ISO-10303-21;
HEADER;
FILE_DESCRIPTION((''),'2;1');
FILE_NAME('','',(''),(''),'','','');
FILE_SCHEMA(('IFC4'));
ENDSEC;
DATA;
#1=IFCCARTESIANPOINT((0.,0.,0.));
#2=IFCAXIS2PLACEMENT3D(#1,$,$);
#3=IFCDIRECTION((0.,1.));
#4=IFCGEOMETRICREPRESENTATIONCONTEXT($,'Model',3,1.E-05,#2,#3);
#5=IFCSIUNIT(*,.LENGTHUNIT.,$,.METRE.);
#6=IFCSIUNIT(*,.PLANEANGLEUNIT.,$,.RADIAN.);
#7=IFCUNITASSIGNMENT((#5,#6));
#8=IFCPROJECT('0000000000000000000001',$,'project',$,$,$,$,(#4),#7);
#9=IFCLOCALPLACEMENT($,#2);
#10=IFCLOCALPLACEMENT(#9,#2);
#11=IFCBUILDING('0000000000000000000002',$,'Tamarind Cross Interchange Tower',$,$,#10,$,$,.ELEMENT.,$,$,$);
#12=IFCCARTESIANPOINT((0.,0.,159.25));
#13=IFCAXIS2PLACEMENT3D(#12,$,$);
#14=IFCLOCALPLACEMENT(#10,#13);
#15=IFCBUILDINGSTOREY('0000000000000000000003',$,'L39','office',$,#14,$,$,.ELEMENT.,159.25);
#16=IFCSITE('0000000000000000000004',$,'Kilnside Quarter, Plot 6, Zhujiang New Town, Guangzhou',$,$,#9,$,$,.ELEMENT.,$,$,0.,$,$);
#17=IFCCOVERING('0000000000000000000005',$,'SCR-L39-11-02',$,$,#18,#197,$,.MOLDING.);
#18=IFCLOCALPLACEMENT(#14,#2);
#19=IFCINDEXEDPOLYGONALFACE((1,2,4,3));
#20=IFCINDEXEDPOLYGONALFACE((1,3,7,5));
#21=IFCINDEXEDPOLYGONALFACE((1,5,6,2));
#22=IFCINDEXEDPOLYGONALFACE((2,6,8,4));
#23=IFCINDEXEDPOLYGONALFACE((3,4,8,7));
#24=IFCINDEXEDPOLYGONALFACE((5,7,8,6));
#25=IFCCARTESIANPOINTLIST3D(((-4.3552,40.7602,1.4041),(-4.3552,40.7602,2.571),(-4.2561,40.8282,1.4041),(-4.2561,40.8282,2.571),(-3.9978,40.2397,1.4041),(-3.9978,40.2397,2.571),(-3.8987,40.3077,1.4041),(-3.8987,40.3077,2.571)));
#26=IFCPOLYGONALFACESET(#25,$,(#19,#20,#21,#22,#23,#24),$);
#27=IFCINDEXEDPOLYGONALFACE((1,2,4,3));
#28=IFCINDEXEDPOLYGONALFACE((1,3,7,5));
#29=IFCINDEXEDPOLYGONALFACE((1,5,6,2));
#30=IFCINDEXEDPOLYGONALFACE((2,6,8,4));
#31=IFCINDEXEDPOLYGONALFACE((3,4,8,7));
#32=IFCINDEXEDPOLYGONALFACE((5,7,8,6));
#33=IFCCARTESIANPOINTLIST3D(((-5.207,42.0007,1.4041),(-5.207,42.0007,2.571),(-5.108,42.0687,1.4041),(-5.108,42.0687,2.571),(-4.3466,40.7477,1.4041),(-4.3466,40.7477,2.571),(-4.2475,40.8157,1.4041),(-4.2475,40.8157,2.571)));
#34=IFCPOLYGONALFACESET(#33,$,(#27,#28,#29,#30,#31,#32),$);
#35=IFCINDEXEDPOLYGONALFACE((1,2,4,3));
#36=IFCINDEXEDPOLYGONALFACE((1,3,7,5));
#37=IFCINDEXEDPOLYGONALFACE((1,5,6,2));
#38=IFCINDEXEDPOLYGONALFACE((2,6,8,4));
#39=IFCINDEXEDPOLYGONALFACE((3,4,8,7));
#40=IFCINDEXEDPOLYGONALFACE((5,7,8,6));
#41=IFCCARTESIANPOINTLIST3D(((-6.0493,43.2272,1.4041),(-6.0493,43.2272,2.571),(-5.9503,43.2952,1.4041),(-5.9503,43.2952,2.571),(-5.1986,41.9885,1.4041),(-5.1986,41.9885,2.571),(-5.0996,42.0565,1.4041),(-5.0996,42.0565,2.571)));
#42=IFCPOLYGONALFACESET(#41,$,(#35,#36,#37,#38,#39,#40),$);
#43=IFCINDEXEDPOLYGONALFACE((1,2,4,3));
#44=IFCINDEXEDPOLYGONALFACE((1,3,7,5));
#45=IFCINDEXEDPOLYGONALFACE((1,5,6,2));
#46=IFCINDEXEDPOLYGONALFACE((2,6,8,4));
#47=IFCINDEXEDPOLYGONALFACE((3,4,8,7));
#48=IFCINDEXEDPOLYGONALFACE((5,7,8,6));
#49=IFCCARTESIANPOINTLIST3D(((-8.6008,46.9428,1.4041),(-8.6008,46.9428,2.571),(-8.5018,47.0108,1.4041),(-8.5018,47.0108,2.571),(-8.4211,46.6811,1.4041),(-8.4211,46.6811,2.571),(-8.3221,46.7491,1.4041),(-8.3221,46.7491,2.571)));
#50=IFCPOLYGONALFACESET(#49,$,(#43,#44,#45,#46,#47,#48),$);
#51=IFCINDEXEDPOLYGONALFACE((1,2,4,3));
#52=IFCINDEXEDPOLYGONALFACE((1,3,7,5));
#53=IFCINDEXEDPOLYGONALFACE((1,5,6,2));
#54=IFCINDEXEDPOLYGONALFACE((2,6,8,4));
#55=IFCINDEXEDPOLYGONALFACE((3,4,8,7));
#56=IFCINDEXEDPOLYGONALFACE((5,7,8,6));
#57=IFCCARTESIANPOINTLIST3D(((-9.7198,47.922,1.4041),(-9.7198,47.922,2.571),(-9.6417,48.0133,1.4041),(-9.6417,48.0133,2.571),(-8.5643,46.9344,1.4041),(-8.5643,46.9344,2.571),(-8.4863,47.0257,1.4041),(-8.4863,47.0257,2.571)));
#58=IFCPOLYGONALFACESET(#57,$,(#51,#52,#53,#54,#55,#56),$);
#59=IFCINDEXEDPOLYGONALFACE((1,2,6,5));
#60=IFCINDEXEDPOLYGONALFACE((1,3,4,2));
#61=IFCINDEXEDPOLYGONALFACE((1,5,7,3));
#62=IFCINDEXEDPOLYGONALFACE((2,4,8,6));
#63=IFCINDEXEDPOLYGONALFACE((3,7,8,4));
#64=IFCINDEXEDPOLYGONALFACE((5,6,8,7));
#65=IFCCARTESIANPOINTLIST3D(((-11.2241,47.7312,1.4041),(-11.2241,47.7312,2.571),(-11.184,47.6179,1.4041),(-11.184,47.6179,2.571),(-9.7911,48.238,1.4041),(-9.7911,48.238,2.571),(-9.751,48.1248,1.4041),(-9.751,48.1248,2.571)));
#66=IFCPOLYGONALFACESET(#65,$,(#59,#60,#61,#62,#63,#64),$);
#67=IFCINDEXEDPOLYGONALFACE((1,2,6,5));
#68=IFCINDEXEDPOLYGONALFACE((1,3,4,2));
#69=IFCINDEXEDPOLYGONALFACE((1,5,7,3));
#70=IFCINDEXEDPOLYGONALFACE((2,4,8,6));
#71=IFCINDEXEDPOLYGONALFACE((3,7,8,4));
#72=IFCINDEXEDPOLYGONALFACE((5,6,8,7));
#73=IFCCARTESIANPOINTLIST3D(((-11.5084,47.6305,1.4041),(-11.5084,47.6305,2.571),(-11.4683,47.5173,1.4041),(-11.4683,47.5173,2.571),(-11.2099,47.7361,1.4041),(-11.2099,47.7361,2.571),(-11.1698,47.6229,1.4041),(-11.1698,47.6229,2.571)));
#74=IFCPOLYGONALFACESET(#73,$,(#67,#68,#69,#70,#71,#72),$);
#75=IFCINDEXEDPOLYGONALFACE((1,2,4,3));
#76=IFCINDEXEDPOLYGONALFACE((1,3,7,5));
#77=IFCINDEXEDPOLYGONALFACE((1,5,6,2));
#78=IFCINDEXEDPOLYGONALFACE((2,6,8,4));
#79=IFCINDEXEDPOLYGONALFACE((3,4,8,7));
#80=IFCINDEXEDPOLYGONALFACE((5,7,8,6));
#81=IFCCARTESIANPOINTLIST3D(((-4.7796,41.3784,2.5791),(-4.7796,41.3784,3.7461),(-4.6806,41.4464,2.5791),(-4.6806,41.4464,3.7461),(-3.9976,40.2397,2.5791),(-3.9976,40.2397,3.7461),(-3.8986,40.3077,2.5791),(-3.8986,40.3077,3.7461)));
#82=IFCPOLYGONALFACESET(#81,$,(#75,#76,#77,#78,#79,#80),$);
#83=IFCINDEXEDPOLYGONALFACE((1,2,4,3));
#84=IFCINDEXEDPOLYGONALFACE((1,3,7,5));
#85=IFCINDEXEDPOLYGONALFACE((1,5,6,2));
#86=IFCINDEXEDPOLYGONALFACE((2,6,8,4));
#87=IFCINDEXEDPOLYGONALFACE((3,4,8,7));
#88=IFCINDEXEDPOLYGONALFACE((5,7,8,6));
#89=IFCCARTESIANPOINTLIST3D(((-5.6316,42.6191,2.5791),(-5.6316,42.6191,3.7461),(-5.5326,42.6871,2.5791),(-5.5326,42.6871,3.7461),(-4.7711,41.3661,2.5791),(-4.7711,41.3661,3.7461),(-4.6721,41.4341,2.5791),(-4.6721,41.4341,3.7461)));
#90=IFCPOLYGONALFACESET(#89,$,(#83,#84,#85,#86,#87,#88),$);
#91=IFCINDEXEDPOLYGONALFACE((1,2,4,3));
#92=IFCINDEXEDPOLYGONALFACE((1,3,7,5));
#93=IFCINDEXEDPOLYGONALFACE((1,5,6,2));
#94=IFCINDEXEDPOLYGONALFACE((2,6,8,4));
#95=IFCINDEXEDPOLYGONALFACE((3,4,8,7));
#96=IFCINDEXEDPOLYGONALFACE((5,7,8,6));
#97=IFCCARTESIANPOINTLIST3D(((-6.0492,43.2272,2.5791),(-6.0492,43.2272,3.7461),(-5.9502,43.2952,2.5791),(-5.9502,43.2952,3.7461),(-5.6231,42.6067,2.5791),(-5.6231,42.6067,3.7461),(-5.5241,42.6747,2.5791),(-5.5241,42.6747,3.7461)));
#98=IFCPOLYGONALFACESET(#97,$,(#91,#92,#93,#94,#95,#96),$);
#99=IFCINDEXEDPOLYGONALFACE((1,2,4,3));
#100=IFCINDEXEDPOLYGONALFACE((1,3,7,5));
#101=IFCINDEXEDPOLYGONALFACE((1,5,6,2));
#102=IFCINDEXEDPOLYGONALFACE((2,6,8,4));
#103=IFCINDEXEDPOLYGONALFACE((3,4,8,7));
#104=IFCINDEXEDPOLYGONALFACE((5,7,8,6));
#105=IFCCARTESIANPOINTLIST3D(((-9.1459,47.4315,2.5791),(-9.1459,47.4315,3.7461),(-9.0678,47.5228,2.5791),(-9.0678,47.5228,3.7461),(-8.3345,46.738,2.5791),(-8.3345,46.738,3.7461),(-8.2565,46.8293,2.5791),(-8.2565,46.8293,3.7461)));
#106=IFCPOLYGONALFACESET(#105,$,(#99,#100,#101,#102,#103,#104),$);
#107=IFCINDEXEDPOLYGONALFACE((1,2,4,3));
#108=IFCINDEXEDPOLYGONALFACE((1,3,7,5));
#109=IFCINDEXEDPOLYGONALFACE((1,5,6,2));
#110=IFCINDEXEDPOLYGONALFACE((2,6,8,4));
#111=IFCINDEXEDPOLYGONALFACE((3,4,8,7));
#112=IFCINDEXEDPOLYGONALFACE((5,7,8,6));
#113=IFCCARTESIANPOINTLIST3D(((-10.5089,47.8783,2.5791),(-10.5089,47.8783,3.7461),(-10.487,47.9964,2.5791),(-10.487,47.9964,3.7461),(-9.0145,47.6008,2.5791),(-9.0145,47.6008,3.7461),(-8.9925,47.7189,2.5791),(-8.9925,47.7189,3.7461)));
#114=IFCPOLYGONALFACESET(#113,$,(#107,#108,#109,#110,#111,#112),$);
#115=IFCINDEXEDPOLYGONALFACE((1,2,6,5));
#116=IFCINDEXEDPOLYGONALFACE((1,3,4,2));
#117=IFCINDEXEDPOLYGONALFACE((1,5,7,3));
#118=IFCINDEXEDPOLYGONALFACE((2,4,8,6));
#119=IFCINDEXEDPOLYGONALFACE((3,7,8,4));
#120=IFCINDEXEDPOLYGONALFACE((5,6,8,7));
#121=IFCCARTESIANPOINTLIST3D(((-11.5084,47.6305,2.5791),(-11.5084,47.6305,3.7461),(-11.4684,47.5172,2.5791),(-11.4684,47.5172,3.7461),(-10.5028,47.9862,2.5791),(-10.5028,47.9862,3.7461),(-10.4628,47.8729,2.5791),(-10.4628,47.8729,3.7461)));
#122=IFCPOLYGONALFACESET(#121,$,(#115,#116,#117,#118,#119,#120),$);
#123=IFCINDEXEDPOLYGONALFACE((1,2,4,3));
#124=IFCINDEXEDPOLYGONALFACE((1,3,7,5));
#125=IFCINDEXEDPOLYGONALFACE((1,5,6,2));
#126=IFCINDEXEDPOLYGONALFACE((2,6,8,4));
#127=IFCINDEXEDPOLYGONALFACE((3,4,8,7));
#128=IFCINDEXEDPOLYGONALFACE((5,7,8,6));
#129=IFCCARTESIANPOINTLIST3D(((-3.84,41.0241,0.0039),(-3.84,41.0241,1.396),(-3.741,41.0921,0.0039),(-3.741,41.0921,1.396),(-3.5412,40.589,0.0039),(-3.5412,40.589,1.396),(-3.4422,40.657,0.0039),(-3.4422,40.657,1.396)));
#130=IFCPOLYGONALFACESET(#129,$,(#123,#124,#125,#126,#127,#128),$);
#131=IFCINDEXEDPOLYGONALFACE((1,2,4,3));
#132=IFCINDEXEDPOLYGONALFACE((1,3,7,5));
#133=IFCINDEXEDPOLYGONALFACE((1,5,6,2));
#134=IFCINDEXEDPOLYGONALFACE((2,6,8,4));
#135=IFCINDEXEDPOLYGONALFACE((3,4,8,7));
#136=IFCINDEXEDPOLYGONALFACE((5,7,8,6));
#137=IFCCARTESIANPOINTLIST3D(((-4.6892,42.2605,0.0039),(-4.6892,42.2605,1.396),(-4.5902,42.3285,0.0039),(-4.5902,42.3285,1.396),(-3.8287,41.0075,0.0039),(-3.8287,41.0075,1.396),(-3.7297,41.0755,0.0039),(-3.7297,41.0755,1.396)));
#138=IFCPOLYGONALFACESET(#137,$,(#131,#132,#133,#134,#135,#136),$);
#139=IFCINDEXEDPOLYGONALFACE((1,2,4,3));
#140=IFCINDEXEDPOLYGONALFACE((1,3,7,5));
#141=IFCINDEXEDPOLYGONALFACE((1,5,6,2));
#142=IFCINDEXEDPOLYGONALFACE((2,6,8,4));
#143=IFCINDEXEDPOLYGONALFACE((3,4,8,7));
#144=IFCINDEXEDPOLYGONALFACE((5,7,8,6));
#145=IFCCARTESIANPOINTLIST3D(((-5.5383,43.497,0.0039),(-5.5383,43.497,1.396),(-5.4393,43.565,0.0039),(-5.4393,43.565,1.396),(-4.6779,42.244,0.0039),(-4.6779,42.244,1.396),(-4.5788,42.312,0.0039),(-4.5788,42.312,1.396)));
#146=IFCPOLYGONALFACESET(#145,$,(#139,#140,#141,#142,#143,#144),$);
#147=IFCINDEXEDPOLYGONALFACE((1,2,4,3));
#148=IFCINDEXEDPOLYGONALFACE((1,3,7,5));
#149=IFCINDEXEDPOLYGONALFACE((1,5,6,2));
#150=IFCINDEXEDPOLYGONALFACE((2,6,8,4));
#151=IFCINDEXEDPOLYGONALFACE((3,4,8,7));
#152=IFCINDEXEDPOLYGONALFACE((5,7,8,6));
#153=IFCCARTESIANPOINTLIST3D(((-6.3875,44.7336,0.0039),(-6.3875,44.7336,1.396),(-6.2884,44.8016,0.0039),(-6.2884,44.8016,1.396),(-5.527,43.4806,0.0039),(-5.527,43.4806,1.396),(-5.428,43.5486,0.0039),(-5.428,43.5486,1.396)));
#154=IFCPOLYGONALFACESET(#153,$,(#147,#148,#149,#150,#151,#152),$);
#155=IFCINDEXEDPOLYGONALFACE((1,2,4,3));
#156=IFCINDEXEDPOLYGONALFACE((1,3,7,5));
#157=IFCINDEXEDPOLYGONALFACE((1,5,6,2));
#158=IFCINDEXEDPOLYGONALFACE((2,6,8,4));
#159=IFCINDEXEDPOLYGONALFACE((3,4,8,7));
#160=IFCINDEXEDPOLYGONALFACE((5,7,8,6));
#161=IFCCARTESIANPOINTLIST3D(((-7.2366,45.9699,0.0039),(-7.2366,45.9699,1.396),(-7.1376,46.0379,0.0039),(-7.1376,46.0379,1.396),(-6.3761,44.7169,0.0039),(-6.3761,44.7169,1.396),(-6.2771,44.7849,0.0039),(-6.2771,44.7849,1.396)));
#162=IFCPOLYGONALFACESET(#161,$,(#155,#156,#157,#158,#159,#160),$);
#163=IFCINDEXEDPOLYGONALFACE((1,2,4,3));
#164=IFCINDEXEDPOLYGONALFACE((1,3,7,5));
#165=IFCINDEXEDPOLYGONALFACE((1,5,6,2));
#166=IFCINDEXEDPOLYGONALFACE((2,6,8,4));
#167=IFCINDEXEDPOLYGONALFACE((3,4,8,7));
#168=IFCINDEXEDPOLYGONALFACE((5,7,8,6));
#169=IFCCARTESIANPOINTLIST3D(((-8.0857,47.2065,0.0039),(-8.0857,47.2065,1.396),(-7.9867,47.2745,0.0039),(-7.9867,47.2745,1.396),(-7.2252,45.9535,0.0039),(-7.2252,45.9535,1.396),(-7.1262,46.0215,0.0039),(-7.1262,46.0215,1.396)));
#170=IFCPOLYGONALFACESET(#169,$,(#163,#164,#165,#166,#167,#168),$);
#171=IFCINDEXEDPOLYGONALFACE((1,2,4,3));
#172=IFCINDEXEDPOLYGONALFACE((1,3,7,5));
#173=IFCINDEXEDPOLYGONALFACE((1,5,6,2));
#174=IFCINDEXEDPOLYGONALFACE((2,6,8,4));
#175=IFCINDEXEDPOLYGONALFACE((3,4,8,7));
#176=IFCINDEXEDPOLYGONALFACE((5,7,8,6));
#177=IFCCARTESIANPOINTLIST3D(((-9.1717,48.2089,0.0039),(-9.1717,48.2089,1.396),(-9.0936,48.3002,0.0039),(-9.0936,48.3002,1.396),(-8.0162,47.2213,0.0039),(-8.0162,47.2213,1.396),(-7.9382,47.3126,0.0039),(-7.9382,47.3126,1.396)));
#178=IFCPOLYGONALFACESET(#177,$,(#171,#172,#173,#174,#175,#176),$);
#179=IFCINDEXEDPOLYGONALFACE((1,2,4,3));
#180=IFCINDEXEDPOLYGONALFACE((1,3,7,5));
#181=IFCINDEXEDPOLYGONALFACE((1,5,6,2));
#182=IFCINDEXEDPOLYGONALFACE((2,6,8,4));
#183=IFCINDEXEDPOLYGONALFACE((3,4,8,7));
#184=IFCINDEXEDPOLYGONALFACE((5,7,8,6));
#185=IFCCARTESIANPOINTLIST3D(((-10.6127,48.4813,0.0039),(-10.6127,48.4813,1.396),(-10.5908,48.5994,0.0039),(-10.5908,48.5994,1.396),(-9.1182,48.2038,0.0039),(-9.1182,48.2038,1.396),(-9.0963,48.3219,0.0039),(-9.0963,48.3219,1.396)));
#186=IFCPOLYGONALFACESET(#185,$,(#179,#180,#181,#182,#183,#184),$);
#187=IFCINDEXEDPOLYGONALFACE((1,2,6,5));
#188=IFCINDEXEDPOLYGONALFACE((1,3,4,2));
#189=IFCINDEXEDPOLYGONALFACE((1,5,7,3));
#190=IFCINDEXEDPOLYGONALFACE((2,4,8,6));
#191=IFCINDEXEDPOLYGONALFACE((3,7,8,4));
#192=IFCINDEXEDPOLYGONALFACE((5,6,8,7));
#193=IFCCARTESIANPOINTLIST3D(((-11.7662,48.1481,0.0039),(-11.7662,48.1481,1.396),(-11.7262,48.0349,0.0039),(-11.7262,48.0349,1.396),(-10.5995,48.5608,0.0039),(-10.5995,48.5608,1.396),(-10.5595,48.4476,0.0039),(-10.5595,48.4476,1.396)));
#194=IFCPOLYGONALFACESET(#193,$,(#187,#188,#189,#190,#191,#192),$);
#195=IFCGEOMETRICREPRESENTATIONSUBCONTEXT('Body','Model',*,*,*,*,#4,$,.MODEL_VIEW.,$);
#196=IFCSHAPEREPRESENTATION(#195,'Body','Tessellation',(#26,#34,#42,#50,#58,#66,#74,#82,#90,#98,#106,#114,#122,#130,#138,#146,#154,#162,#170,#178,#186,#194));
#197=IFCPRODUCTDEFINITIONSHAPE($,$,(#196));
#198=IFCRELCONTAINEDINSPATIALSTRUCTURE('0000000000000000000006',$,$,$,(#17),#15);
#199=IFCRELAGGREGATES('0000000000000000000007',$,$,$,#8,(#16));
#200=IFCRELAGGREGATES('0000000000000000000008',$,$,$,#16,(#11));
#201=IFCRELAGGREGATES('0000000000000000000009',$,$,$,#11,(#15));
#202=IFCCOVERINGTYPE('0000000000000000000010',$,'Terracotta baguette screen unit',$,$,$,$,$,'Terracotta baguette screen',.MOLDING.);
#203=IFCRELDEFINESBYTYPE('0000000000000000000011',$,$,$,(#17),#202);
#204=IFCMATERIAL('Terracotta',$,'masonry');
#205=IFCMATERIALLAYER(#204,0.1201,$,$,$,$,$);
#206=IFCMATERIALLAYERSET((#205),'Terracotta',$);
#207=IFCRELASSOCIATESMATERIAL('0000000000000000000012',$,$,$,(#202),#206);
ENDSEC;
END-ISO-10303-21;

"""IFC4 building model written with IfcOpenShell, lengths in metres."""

from ifc_helpers import new_model, si_unit, direction, frame, origin, origin_2d, place, context, subcontext, project, spatial, rectangle, extrude, material, layer, layer_set, type_object, element, save


model = new_model("IFC4")

# Units and contexts
model_context = context("Model", 3, precision=1e-05, world=origin(), true_north=direction((0.0, 1.0)))
body_context = subcontext(model_context, "Body", "Model", "MODEL_VIEW")
ifc_project = project(units=[si_unit("LENGTHUNIT", "METRE"), si_unit("PLANEANGLEUNIT", "RADIAN")], contexts=[model_context])

# Site, building, storey
site_placement = place(None, origin())
site = spatial("IfcSite", under=ifc_project, at=site_placement, Name="Kilnside Quarter, Plot 6, Zhujiang New Town, Guangzhou", CompositionType="ELEMENT", RefElevation=0.0)
building_placement = place(site_placement, origin())
building = spatial("IfcBuilding", under=site, at=building_placement, Name="Tamarind Cross Interchange Tower", CompositionType="ELEMENT")
storey_placement = place(building_placement, frame((0.0, 0.0, 159.25)))
storey = spatial("IfcBuildingStorey", under=building, at=storey_placement, Name="L39", Description="office", CompositionType="ELEMENT", Elevation=159.25)

# Covering
ifc_material_1 = material(Name="Terracotta", Category="masonry")
ifc_layer_1 = layer(ifc_material_1, 0.1201)
ifc_layer_set_1 = layer_set([ifc_layer_1], Name="Terracotta")
covering_type = type_object("IfcCoveringType", Name="Terracotta baguette screen unit", ElementType="Terracotta baguette screen", PredefinedType="MOLDING", material=ifc_layer_set_1)
covering_1_placement = place(storey_placement, origin())
element("IfcCovering", 1, at=covering_1_placement, inside=storey, type_object=covering_type, Name="SCR-L39-11-02", PredefinedType="MOLDING", context=body_context, shape_type="SweptSolid", body=[
    extrude(rectangle(XDim=0.6313, YDim=0.1201, at=origin_2d()), frame((-4.127, 40.5339, 1.4041), z_axis=(0.0, 0.0, 1.0), x_axis=(-0.566096, 0.82434, 0.0)), (0.0, 0.0, 1.0), 1.167),
    extrude(rectangle(XDim=1.52, YDim=0.1201, at=origin_2d()), frame((-4.7273, 41.4082, 1.4041), z_axis=(0.0, 0.0, 1.0), x_axis=(-0.566096, 0.82434, 0.0)), (0.0, 0.0, 1.0), 1.167),
    extrude(rectangle(XDim=1.5027, YDim=0.1201, at=origin_2d()), frame((-5.5745, 42.6418, 1.4041), z_axis=(0.0, 0.0, 1.0), x_axis=(-0.566096, 0.82434, 0.0)), (0.0, 0.0, 1.0), 1.167),
    extrude(rectangle(XDim=0.3174, YDim=0.1201, at=origin_2d()), frame((-8.4614, 46.8459, 1.4041), z_axis=(0.0, 0.0, 1.0), x_axis=(-0.566096, 0.82434, 0.0)), (0.0, 0.0, 1.0), 1.167),
    extrude(rectangle(XDim=1.52, YDim=0.1201, at=origin_2d()), frame((-9.103, 47.4739, 1.4041), z_axis=(0.0, 0.0, 1.0), x_axis=(-0.760161, 0.649735, 0.0)), (0.0, 0.0, 1.0), 1.167),
    extrude(rectangle(XDim=1.52, YDim=0.1201, at=origin_2d()), frame((-10.4875, 47.928, 1.4041), z_axis=(0.0, 0.0, 1.0), x_axis=(-0.942767, -0.333451, 0.0)), (0.0, 0.0, 1.0), 1.167),
    extrude(rectangle(XDim=0.3167, YDim=0.1201, at=origin_2d()), frame((-11.3391, 47.6267, 1.4041), z_axis=(0.0, 0.0, 1.0), x_axis=(-0.942767, -0.333451, 0.0)), (0.0, 0.0, 1.0), 1.167),
    extrude(rectangle(XDim=1.3813, YDim=0.1201, at=origin_2d()), frame((-4.3391, 40.843, 2.5791), z_axis=(0.0, 0.0, 1.0), x_axis=(-0.566096, 0.82434, 0.0)), (0.0, 0.0, 1.0), 1.167),
    extrude(rectangle(XDim=1.52, YDim=0.1201, at=origin_2d()), frame((-5.1519, 42.0266, 2.5791), z_axis=(0.0, 0.0, 1.0), x_axis=(-0.566096, 0.82434, 0.0)), (0.0, 0.0, 1.0), 1.167),
    extrude(rectangle(XDim=0.7527, YDim=0.1201, at=origin_2d()), frame((-5.7866, 42.9509, 2.5791), z_axis=(0.0, 0.0, 1.0), x_axis=(-0.566096, 0.82434, 0.0)), (0.0, 0.0, 1.0), 1.167),
    extrude(rectangle(XDim=1.0674, YDim=0.1201, at=origin_2d()), frame((-8.7012, 47.1304, 2.5791), z_axis=(0.0, 0.0, 1.0), x_axis=(-0.760161, 0.649735, 0.0)), (0.0, 0.0, 1.0), 1.167),
    extrude(rectangle(XDim=1.52, YDim=0.1201, at=origin_2d()), frame((-9.7507, 47.7986, 2.5791), z_axis=(0.0, 0.0, 1.0), x_axis=(-0.983186, 0.182606, 0.0)), (0.0, 0.0, 1.0), 1.167),
    extrude(rectangle(XDim=1.0667, YDim=0.1201, at=origin_2d()), frame((-10.9856, 47.7517, 2.5791), z_axis=(0.0, 0.0, 1.0), x_axis=(-0.942767, -0.333451, 0.0)), (0.0, 0.0, 1.0), 1.167),
    extrude(rectangle(XDim=0.5278, YDim=0.1201, at=origin_2d()), frame((-3.6411, 40.8406, 0.0039), z_axis=(0.0, 0.0, 1.0), x_axis=(-0.566096, 0.82434, 0.0)), (0.0, 0.0, 1.0), 1.3921),
    extrude(rectangle(XDim=1.52, YDim=0.1201, at=origin_2d()), frame((-4.2095, 41.668, 0.0039), z_axis=(0.0, 0.0, 1.0), x_axis=(-0.566096, 0.82434, 0.0)), (0.0, 0.0, 1.0), 1.3921),
    extrude(rectangle(XDim=1.52, YDim=0.1201, at=origin_2d()), frame((-5.0586, 42.9045, 0.0039), z_axis=(0.0, 0.0, 1.0), x_axis=(-0.566096, 0.82434, 0.0)), (0.0, 0.0, 1.0), 1.3921),
    extrude(rectangle(XDim=1.52, YDim=0.1201, at=origin_2d()), frame((-5.9077, 44.1411, 0.0039), z_axis=(0.0, 0.0, 1.0), x_axis=(-0.566096, 0.82434, 0.0)), (0.0, 0.0, 1.0), 1.3921),
    extrude(rectangle(XDim=1.52, YDim=0.1201, at=origin_2d()), frame((-6.7568, 45.3774, 0.0039), z_axis=(0.0, 0.0, 1.0), x_axis=(-0.566096, 0.82434, 0.0)), (0.0, 0.0, 1.0), 1.3921),
    extrude(rectangle(XDim=1.52, YDim=0.1201, at=origin_2d()), frame((-7.606, 46.614, 0.0039), z_axis=(0.0, 0.0, 1.0), x_axis=(-0.566096, 0.82434, 0.0)), (0.0, 0.0, 1.0), 1.3921),
    extrude(rectangle(XDim=1.52, YDim=0.1201, at=origin_2d()), frame((-8.5549, 47.7607, 0.0039), z_axis=(0.0, 0.0, 1.0), x_axis=(-0.760161, 0.649735, 0.0)), (0.0, 0.0, 1.0), 1.3921),
    extrude(rectangle(XDim=1.52, YDim=0.1201, at=origin_2d()), frame((-9.8545, 48.4016, 0.0039), z_axis=(0.0, 0.0, 1.0), x_axis=(-0.983186, 0.182606, 0.0)), (0.0, 0.0, 1.0), 1.3921),
    extrude(rectangle(XDim=1.2375, YDim=0.1201, at=origin_2d()), frame((-11.1628, 48.2979, 0.0039), z_axis=(0.0, 0.0, 1.0), x_axis=(-0.942767, -0.333451, 0.0)), (0.0, 0.0, 1.0), 1.3921),
])

save(model, "model.ifc")
